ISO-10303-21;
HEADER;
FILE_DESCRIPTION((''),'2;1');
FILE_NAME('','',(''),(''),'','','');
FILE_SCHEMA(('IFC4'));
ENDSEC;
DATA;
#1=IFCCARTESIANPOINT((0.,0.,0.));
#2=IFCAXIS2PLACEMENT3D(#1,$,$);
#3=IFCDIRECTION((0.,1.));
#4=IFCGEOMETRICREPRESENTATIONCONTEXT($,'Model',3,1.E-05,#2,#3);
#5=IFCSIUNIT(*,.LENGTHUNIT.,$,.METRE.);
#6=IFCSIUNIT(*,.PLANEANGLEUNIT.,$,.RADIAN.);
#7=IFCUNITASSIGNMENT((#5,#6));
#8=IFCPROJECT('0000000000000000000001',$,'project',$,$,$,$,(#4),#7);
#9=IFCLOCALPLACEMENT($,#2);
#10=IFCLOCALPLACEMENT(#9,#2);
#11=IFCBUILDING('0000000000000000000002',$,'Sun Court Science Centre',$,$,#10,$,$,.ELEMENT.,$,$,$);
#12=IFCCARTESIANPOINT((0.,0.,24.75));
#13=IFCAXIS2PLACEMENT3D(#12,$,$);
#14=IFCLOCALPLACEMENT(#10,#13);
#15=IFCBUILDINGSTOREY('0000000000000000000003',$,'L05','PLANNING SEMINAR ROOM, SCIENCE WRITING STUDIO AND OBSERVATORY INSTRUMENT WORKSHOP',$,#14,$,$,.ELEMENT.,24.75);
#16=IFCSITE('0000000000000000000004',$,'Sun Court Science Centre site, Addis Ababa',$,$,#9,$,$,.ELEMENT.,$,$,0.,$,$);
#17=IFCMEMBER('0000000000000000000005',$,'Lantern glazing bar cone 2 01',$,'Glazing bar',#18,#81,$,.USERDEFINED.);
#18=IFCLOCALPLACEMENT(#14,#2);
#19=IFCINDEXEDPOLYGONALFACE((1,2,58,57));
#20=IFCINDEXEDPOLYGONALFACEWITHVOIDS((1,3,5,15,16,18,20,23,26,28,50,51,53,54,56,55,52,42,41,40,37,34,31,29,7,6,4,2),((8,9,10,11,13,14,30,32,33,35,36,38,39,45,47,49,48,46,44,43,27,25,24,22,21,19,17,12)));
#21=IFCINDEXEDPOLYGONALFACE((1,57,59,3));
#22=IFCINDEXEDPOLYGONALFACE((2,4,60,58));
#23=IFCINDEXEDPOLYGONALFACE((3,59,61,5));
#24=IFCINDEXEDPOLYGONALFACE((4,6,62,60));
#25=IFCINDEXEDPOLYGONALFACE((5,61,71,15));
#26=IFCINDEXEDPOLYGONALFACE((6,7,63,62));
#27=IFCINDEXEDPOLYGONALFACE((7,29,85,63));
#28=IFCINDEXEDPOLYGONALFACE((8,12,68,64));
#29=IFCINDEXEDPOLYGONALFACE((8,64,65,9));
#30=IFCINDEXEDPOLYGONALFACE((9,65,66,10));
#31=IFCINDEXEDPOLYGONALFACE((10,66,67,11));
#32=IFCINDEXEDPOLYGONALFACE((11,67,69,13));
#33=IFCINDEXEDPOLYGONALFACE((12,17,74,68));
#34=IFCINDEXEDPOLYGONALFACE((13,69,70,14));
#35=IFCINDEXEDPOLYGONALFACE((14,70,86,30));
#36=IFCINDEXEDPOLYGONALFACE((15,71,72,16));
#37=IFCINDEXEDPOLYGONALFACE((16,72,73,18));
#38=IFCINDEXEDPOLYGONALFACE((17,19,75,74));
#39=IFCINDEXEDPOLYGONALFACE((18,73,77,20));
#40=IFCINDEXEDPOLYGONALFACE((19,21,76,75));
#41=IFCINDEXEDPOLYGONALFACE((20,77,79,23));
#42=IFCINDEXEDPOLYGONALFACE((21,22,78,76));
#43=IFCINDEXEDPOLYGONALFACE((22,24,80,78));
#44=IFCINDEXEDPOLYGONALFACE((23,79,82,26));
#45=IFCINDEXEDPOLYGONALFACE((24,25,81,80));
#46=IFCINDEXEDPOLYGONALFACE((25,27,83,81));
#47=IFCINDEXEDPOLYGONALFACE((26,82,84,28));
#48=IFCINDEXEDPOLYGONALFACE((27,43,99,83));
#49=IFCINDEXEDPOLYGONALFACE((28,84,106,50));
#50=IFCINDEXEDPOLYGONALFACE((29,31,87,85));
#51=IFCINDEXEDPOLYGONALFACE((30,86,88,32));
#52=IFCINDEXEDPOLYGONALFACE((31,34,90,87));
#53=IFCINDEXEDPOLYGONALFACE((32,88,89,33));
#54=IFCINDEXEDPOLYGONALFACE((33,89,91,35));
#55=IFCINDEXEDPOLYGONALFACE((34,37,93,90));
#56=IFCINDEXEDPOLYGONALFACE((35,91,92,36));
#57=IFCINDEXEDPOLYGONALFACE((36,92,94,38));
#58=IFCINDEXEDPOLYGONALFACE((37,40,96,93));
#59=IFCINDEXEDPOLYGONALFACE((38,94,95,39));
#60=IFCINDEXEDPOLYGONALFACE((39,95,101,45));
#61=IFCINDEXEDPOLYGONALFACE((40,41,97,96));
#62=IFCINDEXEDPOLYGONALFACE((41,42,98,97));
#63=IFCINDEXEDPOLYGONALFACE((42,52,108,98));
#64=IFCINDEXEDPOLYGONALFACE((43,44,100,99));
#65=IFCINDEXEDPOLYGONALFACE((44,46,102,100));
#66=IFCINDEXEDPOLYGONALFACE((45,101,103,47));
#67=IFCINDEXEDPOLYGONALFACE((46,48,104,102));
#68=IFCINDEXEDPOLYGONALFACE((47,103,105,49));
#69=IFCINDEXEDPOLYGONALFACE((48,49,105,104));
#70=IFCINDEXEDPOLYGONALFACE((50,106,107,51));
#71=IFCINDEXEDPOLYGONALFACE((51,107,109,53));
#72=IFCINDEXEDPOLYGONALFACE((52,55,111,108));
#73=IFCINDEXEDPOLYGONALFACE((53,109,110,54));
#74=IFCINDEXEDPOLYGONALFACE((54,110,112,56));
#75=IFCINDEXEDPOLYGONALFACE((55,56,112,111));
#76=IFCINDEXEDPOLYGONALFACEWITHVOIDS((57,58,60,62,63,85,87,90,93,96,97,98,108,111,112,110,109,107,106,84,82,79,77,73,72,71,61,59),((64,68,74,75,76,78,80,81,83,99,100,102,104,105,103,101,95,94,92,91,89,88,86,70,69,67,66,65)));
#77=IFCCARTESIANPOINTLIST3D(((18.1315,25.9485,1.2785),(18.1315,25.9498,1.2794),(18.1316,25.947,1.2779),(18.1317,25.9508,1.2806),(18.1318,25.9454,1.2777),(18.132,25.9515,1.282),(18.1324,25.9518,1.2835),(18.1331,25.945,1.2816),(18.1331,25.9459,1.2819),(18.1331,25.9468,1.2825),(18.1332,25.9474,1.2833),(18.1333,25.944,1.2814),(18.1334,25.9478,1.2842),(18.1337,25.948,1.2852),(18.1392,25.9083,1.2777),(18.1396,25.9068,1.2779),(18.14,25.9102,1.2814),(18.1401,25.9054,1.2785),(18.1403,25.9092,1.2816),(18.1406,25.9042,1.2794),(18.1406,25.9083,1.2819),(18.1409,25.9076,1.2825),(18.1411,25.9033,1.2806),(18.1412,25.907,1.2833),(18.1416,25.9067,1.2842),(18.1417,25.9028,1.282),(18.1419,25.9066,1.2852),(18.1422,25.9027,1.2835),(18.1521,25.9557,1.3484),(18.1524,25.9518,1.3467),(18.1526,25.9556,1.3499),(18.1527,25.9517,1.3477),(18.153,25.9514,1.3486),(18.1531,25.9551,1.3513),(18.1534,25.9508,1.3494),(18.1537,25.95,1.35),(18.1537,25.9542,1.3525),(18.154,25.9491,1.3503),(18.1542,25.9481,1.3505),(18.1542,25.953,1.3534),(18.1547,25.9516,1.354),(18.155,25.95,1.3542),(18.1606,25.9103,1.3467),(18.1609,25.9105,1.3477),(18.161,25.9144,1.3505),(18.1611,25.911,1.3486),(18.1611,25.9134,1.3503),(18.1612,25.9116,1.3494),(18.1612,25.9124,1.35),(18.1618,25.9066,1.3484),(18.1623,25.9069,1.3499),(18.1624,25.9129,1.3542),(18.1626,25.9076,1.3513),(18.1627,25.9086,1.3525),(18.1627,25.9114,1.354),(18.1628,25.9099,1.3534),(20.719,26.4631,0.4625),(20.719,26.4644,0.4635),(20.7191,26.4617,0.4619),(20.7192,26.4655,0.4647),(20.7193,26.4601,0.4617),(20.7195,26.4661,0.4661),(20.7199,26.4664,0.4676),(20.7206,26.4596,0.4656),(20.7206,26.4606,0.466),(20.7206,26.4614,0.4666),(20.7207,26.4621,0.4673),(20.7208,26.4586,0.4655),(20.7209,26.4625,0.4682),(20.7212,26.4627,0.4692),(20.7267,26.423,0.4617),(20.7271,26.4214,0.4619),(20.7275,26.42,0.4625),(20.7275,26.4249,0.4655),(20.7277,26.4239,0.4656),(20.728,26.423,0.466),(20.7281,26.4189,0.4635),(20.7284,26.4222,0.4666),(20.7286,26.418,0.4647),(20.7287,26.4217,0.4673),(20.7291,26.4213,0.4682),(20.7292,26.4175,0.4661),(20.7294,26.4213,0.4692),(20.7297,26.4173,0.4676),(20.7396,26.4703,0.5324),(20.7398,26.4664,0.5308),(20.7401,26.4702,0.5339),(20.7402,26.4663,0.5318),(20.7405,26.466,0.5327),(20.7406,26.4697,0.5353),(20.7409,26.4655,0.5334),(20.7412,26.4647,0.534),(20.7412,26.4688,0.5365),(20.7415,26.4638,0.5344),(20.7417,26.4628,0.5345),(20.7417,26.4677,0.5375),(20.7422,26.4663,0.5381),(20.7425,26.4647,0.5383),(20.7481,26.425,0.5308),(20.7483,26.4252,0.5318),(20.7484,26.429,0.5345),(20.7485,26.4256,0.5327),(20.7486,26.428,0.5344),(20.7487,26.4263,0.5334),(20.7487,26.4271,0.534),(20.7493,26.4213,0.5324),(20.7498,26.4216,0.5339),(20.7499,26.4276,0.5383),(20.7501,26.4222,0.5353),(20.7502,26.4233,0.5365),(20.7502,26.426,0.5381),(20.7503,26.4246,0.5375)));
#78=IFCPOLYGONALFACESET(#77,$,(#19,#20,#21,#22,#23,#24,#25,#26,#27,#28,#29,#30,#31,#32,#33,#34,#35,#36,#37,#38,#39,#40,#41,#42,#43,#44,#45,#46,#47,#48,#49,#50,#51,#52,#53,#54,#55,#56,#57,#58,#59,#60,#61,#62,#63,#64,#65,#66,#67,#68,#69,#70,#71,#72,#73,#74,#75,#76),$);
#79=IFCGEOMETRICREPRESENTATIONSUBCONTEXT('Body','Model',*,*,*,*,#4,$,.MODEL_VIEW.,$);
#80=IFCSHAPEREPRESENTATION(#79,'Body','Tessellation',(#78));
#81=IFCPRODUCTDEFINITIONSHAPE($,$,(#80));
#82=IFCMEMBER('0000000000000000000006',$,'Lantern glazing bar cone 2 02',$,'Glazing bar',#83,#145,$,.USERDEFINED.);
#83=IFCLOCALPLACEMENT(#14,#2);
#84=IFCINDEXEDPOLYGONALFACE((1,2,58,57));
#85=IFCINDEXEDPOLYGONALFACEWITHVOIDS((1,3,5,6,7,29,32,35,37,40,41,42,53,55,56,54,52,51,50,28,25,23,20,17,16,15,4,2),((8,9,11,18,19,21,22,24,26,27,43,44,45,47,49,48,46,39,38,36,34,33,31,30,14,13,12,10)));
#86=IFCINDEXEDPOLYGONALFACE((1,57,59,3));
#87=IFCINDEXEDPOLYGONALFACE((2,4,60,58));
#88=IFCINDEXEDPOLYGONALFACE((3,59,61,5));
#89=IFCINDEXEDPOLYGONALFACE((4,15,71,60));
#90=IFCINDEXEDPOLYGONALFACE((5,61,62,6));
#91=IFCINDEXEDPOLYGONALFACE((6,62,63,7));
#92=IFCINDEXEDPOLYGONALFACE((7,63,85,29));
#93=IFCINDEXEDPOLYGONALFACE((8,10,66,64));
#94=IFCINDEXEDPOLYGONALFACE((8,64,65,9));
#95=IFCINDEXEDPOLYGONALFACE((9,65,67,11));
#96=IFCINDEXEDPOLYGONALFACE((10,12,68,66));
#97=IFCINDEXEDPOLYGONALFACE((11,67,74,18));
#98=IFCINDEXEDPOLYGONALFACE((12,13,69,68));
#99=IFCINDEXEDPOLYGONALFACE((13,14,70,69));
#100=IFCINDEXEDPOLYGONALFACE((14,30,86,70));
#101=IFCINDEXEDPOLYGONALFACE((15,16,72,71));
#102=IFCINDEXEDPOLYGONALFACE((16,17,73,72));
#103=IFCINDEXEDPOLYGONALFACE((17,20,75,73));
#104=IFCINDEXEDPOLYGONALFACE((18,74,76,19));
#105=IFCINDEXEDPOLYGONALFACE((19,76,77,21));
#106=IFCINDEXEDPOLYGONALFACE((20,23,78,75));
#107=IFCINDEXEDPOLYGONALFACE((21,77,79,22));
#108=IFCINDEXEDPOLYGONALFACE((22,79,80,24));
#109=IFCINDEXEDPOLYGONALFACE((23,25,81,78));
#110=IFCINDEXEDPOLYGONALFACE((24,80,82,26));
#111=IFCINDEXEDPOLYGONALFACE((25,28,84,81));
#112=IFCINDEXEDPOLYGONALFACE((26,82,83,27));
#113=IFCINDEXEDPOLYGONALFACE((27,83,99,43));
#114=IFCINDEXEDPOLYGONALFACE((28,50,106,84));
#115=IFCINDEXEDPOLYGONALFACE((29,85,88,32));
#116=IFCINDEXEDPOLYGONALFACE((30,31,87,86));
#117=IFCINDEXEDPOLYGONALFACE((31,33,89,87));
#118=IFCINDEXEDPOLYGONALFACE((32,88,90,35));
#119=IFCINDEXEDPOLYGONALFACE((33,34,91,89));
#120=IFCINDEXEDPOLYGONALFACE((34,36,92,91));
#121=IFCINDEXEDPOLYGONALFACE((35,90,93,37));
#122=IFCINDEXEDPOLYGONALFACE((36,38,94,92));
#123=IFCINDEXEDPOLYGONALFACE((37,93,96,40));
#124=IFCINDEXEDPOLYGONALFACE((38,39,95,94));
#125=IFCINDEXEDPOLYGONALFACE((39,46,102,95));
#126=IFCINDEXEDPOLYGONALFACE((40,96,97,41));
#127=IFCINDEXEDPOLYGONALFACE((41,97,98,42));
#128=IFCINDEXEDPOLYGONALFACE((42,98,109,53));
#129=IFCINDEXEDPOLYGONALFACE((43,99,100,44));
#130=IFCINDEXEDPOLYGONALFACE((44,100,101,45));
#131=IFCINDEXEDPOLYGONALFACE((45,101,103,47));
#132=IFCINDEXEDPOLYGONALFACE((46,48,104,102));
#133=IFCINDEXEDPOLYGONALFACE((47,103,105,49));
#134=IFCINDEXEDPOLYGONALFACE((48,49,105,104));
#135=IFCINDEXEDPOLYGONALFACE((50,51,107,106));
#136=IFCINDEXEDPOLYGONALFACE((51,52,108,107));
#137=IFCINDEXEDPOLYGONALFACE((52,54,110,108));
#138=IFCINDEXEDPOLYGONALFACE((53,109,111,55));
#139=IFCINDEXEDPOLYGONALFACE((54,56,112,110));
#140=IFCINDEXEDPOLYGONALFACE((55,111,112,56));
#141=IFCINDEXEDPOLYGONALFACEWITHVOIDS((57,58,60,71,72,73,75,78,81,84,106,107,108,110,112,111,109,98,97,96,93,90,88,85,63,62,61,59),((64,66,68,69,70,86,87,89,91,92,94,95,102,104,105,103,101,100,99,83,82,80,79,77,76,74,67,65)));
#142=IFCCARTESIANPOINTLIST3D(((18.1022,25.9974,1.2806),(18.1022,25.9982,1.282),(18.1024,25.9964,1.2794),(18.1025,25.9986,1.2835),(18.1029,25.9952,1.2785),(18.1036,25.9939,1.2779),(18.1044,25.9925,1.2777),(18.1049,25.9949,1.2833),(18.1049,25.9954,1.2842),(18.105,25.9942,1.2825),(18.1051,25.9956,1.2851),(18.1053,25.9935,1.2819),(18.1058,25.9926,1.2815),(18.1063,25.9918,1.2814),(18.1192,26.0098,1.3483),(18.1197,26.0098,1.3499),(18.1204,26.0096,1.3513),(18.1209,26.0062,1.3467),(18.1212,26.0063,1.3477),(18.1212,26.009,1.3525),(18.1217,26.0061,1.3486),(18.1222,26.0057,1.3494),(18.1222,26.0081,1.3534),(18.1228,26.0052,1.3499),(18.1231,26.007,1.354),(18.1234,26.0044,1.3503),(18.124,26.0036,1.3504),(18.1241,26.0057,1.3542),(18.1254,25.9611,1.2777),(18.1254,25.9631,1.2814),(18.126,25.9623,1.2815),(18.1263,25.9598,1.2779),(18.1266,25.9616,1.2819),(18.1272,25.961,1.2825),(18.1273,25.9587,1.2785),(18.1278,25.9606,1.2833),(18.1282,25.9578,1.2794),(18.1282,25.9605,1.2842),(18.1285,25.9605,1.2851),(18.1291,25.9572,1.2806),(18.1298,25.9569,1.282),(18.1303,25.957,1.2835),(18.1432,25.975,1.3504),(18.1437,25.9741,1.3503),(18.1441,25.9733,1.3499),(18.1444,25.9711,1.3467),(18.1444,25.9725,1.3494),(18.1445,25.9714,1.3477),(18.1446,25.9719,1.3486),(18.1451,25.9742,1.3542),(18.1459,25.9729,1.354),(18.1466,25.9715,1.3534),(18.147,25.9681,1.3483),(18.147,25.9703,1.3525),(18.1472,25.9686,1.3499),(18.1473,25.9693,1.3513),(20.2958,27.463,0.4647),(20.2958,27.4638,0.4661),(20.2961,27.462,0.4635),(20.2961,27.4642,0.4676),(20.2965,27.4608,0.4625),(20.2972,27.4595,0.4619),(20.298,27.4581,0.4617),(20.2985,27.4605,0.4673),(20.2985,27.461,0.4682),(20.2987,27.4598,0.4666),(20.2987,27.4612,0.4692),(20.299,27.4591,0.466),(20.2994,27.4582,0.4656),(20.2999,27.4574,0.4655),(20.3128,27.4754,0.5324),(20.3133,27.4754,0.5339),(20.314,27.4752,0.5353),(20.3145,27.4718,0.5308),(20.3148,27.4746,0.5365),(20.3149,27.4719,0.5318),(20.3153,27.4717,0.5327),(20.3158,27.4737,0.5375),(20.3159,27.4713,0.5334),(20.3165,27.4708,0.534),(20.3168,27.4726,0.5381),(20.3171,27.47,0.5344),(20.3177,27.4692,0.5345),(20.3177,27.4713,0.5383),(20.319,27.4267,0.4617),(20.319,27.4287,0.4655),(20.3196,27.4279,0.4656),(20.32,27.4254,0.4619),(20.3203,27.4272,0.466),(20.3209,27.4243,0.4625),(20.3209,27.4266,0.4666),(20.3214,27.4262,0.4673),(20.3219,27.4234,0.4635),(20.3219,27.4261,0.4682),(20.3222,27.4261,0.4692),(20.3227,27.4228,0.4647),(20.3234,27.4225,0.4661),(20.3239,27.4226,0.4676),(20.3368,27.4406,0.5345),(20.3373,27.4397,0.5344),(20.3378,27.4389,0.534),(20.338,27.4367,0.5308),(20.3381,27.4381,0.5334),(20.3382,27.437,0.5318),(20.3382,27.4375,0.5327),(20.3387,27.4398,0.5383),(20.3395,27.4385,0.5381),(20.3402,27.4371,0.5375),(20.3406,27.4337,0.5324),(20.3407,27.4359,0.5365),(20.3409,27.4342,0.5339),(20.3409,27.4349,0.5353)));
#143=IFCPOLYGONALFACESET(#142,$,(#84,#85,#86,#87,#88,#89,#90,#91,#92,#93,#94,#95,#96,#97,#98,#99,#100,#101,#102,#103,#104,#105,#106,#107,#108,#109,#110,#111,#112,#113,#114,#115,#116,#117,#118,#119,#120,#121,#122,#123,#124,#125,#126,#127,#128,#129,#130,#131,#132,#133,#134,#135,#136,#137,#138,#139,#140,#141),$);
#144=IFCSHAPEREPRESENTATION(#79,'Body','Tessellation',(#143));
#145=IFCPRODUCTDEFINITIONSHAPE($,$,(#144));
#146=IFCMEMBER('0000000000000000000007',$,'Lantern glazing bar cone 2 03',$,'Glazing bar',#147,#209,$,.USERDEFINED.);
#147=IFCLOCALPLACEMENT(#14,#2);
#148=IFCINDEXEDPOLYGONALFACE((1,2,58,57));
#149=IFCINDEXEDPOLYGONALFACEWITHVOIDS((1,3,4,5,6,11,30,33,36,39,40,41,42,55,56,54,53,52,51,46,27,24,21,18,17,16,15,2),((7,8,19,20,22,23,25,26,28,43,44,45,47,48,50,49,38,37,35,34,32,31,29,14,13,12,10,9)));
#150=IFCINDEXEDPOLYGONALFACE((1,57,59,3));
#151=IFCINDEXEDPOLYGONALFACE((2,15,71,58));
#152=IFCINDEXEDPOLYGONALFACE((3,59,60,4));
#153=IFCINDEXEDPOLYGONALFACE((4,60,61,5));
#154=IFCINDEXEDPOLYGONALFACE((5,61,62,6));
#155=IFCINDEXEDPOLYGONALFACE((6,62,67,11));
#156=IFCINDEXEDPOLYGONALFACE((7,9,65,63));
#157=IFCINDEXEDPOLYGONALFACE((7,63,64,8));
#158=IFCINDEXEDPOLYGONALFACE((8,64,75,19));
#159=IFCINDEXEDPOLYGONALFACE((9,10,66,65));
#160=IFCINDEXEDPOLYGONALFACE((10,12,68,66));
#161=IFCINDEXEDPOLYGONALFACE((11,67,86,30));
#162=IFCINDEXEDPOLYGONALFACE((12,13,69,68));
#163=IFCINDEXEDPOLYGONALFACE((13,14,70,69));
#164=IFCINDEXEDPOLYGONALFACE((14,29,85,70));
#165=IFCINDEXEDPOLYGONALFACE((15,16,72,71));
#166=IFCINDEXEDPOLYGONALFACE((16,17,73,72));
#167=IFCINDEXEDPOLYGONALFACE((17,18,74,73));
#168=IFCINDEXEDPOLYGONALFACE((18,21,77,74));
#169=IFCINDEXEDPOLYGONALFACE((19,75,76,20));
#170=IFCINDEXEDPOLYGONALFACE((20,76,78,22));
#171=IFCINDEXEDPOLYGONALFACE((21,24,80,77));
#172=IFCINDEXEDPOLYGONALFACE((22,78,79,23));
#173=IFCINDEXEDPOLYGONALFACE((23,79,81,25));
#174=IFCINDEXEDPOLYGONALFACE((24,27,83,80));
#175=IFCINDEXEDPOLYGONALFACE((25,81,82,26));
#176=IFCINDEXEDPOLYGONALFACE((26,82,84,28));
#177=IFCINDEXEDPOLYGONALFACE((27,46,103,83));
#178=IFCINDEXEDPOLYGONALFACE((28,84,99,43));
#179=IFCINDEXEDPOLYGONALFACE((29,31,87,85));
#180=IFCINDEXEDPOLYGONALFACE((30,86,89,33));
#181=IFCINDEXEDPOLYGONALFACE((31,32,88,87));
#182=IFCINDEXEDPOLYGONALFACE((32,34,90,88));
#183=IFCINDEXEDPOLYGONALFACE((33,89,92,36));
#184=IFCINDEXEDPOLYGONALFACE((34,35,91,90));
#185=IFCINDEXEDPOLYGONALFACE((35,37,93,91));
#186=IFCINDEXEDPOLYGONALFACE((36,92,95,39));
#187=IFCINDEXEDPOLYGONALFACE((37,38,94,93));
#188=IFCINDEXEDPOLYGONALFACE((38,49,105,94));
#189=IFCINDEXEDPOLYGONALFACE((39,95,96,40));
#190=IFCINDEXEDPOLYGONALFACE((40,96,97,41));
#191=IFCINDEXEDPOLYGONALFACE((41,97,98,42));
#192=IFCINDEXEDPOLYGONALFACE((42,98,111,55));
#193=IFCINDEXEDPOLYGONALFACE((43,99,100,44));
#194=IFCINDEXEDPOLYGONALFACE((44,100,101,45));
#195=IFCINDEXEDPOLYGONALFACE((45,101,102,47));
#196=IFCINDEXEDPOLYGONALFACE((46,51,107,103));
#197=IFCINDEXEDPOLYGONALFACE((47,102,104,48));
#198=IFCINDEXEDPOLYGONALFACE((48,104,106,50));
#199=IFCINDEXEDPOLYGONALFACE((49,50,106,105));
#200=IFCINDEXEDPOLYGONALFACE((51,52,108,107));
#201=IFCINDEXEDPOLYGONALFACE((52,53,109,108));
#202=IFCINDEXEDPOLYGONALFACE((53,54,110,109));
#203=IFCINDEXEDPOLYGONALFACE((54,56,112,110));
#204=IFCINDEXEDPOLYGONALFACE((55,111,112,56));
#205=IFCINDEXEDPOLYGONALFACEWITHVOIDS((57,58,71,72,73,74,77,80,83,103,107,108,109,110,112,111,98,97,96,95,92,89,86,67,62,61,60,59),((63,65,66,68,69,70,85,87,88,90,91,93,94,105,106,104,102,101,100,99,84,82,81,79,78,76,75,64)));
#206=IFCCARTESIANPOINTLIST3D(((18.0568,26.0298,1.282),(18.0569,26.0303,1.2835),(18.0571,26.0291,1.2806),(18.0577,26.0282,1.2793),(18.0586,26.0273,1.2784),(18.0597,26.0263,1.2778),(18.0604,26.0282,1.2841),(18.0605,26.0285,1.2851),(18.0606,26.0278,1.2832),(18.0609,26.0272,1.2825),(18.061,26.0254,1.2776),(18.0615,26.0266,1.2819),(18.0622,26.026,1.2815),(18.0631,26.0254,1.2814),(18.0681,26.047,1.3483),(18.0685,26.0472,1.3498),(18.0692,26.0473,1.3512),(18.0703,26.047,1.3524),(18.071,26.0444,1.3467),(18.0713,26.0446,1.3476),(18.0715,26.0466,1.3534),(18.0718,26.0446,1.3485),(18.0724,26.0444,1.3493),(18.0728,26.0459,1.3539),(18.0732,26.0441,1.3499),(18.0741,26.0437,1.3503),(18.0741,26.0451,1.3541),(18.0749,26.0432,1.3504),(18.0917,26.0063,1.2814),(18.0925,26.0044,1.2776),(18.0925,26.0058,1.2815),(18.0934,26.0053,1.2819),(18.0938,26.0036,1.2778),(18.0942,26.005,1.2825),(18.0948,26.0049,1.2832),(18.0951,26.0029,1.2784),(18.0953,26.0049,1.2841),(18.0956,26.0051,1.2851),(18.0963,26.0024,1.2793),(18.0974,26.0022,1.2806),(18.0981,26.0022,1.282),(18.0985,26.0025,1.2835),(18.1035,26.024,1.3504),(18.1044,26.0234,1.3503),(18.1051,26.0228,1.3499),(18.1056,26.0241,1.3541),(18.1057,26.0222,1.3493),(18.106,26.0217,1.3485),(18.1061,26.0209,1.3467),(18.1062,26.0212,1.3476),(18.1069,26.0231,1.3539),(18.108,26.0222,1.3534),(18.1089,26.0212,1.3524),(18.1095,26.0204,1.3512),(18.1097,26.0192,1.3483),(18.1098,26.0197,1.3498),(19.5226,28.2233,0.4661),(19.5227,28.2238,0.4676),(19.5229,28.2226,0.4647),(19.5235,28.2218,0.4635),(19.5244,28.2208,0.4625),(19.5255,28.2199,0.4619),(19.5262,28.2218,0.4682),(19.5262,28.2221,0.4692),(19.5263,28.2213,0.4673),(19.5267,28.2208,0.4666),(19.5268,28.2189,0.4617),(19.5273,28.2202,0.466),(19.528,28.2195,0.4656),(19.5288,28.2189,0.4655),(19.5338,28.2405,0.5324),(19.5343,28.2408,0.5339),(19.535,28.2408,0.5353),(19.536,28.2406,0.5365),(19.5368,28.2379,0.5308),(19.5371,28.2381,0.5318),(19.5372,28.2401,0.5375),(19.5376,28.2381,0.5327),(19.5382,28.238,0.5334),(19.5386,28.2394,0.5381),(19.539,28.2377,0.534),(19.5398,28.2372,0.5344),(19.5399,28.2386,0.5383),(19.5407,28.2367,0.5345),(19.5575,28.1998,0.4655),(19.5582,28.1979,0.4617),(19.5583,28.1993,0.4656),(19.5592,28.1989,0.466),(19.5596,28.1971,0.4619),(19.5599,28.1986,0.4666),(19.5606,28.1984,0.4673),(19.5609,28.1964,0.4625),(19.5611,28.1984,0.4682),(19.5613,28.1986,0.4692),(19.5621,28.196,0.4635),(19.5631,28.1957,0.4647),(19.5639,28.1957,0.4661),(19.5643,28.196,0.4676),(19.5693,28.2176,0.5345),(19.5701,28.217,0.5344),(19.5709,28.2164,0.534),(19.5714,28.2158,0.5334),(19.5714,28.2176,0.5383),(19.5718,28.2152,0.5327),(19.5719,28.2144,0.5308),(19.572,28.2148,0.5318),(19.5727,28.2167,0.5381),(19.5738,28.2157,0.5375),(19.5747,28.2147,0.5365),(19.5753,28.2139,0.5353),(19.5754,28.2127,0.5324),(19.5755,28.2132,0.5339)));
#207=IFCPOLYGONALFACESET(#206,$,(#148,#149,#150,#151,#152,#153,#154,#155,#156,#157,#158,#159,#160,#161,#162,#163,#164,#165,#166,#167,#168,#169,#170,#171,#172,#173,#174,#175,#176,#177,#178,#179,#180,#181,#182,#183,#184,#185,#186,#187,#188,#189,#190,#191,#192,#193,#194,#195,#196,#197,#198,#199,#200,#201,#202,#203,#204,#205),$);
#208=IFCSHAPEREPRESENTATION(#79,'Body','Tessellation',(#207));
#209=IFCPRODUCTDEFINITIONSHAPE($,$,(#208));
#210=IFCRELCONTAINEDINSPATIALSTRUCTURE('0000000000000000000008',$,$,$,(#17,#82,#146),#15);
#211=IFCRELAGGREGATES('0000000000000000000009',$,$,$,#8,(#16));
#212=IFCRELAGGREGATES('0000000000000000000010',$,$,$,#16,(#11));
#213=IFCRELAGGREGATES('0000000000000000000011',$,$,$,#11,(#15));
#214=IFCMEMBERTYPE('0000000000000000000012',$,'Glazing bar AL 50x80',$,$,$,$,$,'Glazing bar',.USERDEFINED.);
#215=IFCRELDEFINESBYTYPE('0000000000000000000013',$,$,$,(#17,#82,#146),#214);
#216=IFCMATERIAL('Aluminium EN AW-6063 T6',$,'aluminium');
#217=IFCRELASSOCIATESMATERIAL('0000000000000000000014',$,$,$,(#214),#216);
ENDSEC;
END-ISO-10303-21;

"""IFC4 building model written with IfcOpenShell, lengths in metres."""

from ifc_helpers import new_model, si_unit, direction, frame, origin, origin_2d, place, context, subcontext, project, spatial, hollow_rectangle, extrude, material, material_profile, profile_set, type_object, element, save


model = new_model("IFC4")

# Units and contexts
model_context = context("Model", 3, precision=1e-05, world=origin(), true_north=direction((0.0, 1.0)))
body_context = subcontext(model_context, "Body", "Model", "MODEL_VIEW")
ifc_project = project(units=[si_unit("LENGTHUNIT", "METRE"), si_unit("PLANEANGLEUNIT", "RADIAN")], contexts=[model_context])

# Site, building, storey
site_placement = place(None, origin())
site = spatial("IfcSite", under=ifc_project, at=site_placement, Name="Sun Court Science Centre site, Addis Ababa", CompositionType="ELEMENT", RefElevation=0.0)
building_placement = place(site_placement, origin())
building = spatial("IfcBuilding", under=site, at=building_placement, Name="Sun Court Science Centre", CompositionType="ELEMENT")
storey_placement = place(building_placement, frame((0.0, 0.0, 24.75)))
storey = spatial("IfcBuildingStorey", under=building, at=storey_placement, Name="L05", Description="PLANNING SEMINAR ROOM, SCIENCE WRITING STUDIO AND OBSERVATORY INSTRUMENT WORKSHOP", CompositionType="ELEMENT", Elevation=24.75)

# Members
ifc_material_1 = material(Name="Aluminium EN AW-6063 T6", Category="aluminium")
ifc_material_profile_1 = material_profile(ifc_material_1, hollow_rectangle(XDim=0.05, YDim=0.0801, WallThickness=0.0039, InnerFilletRadius=0.0039, OuterFilletRadius=0.0061, at=origin_2d()), Name="AL 50x80x4")
ifc_profile_set_1 = profile_set([ifc_material_profile_1], Name="Aluminium EN AW-6063 T6")
member_type_1 = type_object("IfcMemberType", Name="Glazing bar AL 50x80", ElementType="Glazing bar", PredefinedType="USERDEFINED", material=ifc_profile_set_1)
for number, where, z_axis, x_axis, name in (
    (1, (20.7346, 26.4438, 0.5), (-0.936995, -0.186373, 0.295474), (0.195084, -0.980787, 0.0), "Lantern glazing bar cone 2 01"),
    (2, (20.3184, 27.449, 0.5), (-0.79437, -0.53073, 0.295469), (0.555533, -0.831495, 0.0), "Lantern glazing bar cone 2 02"),
    (3, (19.5491, 28.2183, 0.5), (-0.530793, -0.794333, 0.295455), (0.831452, -0.555597, 0.0), "Lantern glazing bar cone 2 03"),
):
    element("IfcMember", number, at=place(storey_placement, frame(where, z_axis=z_axis, x_axis=x_axis)), inside=storey, type_object=member_type_1, Name=name, ObjectType="Glazing bar", PredefinedType="USERDEFINED", context=body_context, shape_type="SweptSolid", body=[
        extrude(hollow_rectangle(XDim=0.05, YDim=0.0801, WallThickness=0.0039, InnerFilletRadius=0.0039, OuterFilletRadius=0.0061, at=origin_2d()), origin(), (0.0, 0.0, 1.0), 2.7615),
    ])

save(model, "model.ifc")
